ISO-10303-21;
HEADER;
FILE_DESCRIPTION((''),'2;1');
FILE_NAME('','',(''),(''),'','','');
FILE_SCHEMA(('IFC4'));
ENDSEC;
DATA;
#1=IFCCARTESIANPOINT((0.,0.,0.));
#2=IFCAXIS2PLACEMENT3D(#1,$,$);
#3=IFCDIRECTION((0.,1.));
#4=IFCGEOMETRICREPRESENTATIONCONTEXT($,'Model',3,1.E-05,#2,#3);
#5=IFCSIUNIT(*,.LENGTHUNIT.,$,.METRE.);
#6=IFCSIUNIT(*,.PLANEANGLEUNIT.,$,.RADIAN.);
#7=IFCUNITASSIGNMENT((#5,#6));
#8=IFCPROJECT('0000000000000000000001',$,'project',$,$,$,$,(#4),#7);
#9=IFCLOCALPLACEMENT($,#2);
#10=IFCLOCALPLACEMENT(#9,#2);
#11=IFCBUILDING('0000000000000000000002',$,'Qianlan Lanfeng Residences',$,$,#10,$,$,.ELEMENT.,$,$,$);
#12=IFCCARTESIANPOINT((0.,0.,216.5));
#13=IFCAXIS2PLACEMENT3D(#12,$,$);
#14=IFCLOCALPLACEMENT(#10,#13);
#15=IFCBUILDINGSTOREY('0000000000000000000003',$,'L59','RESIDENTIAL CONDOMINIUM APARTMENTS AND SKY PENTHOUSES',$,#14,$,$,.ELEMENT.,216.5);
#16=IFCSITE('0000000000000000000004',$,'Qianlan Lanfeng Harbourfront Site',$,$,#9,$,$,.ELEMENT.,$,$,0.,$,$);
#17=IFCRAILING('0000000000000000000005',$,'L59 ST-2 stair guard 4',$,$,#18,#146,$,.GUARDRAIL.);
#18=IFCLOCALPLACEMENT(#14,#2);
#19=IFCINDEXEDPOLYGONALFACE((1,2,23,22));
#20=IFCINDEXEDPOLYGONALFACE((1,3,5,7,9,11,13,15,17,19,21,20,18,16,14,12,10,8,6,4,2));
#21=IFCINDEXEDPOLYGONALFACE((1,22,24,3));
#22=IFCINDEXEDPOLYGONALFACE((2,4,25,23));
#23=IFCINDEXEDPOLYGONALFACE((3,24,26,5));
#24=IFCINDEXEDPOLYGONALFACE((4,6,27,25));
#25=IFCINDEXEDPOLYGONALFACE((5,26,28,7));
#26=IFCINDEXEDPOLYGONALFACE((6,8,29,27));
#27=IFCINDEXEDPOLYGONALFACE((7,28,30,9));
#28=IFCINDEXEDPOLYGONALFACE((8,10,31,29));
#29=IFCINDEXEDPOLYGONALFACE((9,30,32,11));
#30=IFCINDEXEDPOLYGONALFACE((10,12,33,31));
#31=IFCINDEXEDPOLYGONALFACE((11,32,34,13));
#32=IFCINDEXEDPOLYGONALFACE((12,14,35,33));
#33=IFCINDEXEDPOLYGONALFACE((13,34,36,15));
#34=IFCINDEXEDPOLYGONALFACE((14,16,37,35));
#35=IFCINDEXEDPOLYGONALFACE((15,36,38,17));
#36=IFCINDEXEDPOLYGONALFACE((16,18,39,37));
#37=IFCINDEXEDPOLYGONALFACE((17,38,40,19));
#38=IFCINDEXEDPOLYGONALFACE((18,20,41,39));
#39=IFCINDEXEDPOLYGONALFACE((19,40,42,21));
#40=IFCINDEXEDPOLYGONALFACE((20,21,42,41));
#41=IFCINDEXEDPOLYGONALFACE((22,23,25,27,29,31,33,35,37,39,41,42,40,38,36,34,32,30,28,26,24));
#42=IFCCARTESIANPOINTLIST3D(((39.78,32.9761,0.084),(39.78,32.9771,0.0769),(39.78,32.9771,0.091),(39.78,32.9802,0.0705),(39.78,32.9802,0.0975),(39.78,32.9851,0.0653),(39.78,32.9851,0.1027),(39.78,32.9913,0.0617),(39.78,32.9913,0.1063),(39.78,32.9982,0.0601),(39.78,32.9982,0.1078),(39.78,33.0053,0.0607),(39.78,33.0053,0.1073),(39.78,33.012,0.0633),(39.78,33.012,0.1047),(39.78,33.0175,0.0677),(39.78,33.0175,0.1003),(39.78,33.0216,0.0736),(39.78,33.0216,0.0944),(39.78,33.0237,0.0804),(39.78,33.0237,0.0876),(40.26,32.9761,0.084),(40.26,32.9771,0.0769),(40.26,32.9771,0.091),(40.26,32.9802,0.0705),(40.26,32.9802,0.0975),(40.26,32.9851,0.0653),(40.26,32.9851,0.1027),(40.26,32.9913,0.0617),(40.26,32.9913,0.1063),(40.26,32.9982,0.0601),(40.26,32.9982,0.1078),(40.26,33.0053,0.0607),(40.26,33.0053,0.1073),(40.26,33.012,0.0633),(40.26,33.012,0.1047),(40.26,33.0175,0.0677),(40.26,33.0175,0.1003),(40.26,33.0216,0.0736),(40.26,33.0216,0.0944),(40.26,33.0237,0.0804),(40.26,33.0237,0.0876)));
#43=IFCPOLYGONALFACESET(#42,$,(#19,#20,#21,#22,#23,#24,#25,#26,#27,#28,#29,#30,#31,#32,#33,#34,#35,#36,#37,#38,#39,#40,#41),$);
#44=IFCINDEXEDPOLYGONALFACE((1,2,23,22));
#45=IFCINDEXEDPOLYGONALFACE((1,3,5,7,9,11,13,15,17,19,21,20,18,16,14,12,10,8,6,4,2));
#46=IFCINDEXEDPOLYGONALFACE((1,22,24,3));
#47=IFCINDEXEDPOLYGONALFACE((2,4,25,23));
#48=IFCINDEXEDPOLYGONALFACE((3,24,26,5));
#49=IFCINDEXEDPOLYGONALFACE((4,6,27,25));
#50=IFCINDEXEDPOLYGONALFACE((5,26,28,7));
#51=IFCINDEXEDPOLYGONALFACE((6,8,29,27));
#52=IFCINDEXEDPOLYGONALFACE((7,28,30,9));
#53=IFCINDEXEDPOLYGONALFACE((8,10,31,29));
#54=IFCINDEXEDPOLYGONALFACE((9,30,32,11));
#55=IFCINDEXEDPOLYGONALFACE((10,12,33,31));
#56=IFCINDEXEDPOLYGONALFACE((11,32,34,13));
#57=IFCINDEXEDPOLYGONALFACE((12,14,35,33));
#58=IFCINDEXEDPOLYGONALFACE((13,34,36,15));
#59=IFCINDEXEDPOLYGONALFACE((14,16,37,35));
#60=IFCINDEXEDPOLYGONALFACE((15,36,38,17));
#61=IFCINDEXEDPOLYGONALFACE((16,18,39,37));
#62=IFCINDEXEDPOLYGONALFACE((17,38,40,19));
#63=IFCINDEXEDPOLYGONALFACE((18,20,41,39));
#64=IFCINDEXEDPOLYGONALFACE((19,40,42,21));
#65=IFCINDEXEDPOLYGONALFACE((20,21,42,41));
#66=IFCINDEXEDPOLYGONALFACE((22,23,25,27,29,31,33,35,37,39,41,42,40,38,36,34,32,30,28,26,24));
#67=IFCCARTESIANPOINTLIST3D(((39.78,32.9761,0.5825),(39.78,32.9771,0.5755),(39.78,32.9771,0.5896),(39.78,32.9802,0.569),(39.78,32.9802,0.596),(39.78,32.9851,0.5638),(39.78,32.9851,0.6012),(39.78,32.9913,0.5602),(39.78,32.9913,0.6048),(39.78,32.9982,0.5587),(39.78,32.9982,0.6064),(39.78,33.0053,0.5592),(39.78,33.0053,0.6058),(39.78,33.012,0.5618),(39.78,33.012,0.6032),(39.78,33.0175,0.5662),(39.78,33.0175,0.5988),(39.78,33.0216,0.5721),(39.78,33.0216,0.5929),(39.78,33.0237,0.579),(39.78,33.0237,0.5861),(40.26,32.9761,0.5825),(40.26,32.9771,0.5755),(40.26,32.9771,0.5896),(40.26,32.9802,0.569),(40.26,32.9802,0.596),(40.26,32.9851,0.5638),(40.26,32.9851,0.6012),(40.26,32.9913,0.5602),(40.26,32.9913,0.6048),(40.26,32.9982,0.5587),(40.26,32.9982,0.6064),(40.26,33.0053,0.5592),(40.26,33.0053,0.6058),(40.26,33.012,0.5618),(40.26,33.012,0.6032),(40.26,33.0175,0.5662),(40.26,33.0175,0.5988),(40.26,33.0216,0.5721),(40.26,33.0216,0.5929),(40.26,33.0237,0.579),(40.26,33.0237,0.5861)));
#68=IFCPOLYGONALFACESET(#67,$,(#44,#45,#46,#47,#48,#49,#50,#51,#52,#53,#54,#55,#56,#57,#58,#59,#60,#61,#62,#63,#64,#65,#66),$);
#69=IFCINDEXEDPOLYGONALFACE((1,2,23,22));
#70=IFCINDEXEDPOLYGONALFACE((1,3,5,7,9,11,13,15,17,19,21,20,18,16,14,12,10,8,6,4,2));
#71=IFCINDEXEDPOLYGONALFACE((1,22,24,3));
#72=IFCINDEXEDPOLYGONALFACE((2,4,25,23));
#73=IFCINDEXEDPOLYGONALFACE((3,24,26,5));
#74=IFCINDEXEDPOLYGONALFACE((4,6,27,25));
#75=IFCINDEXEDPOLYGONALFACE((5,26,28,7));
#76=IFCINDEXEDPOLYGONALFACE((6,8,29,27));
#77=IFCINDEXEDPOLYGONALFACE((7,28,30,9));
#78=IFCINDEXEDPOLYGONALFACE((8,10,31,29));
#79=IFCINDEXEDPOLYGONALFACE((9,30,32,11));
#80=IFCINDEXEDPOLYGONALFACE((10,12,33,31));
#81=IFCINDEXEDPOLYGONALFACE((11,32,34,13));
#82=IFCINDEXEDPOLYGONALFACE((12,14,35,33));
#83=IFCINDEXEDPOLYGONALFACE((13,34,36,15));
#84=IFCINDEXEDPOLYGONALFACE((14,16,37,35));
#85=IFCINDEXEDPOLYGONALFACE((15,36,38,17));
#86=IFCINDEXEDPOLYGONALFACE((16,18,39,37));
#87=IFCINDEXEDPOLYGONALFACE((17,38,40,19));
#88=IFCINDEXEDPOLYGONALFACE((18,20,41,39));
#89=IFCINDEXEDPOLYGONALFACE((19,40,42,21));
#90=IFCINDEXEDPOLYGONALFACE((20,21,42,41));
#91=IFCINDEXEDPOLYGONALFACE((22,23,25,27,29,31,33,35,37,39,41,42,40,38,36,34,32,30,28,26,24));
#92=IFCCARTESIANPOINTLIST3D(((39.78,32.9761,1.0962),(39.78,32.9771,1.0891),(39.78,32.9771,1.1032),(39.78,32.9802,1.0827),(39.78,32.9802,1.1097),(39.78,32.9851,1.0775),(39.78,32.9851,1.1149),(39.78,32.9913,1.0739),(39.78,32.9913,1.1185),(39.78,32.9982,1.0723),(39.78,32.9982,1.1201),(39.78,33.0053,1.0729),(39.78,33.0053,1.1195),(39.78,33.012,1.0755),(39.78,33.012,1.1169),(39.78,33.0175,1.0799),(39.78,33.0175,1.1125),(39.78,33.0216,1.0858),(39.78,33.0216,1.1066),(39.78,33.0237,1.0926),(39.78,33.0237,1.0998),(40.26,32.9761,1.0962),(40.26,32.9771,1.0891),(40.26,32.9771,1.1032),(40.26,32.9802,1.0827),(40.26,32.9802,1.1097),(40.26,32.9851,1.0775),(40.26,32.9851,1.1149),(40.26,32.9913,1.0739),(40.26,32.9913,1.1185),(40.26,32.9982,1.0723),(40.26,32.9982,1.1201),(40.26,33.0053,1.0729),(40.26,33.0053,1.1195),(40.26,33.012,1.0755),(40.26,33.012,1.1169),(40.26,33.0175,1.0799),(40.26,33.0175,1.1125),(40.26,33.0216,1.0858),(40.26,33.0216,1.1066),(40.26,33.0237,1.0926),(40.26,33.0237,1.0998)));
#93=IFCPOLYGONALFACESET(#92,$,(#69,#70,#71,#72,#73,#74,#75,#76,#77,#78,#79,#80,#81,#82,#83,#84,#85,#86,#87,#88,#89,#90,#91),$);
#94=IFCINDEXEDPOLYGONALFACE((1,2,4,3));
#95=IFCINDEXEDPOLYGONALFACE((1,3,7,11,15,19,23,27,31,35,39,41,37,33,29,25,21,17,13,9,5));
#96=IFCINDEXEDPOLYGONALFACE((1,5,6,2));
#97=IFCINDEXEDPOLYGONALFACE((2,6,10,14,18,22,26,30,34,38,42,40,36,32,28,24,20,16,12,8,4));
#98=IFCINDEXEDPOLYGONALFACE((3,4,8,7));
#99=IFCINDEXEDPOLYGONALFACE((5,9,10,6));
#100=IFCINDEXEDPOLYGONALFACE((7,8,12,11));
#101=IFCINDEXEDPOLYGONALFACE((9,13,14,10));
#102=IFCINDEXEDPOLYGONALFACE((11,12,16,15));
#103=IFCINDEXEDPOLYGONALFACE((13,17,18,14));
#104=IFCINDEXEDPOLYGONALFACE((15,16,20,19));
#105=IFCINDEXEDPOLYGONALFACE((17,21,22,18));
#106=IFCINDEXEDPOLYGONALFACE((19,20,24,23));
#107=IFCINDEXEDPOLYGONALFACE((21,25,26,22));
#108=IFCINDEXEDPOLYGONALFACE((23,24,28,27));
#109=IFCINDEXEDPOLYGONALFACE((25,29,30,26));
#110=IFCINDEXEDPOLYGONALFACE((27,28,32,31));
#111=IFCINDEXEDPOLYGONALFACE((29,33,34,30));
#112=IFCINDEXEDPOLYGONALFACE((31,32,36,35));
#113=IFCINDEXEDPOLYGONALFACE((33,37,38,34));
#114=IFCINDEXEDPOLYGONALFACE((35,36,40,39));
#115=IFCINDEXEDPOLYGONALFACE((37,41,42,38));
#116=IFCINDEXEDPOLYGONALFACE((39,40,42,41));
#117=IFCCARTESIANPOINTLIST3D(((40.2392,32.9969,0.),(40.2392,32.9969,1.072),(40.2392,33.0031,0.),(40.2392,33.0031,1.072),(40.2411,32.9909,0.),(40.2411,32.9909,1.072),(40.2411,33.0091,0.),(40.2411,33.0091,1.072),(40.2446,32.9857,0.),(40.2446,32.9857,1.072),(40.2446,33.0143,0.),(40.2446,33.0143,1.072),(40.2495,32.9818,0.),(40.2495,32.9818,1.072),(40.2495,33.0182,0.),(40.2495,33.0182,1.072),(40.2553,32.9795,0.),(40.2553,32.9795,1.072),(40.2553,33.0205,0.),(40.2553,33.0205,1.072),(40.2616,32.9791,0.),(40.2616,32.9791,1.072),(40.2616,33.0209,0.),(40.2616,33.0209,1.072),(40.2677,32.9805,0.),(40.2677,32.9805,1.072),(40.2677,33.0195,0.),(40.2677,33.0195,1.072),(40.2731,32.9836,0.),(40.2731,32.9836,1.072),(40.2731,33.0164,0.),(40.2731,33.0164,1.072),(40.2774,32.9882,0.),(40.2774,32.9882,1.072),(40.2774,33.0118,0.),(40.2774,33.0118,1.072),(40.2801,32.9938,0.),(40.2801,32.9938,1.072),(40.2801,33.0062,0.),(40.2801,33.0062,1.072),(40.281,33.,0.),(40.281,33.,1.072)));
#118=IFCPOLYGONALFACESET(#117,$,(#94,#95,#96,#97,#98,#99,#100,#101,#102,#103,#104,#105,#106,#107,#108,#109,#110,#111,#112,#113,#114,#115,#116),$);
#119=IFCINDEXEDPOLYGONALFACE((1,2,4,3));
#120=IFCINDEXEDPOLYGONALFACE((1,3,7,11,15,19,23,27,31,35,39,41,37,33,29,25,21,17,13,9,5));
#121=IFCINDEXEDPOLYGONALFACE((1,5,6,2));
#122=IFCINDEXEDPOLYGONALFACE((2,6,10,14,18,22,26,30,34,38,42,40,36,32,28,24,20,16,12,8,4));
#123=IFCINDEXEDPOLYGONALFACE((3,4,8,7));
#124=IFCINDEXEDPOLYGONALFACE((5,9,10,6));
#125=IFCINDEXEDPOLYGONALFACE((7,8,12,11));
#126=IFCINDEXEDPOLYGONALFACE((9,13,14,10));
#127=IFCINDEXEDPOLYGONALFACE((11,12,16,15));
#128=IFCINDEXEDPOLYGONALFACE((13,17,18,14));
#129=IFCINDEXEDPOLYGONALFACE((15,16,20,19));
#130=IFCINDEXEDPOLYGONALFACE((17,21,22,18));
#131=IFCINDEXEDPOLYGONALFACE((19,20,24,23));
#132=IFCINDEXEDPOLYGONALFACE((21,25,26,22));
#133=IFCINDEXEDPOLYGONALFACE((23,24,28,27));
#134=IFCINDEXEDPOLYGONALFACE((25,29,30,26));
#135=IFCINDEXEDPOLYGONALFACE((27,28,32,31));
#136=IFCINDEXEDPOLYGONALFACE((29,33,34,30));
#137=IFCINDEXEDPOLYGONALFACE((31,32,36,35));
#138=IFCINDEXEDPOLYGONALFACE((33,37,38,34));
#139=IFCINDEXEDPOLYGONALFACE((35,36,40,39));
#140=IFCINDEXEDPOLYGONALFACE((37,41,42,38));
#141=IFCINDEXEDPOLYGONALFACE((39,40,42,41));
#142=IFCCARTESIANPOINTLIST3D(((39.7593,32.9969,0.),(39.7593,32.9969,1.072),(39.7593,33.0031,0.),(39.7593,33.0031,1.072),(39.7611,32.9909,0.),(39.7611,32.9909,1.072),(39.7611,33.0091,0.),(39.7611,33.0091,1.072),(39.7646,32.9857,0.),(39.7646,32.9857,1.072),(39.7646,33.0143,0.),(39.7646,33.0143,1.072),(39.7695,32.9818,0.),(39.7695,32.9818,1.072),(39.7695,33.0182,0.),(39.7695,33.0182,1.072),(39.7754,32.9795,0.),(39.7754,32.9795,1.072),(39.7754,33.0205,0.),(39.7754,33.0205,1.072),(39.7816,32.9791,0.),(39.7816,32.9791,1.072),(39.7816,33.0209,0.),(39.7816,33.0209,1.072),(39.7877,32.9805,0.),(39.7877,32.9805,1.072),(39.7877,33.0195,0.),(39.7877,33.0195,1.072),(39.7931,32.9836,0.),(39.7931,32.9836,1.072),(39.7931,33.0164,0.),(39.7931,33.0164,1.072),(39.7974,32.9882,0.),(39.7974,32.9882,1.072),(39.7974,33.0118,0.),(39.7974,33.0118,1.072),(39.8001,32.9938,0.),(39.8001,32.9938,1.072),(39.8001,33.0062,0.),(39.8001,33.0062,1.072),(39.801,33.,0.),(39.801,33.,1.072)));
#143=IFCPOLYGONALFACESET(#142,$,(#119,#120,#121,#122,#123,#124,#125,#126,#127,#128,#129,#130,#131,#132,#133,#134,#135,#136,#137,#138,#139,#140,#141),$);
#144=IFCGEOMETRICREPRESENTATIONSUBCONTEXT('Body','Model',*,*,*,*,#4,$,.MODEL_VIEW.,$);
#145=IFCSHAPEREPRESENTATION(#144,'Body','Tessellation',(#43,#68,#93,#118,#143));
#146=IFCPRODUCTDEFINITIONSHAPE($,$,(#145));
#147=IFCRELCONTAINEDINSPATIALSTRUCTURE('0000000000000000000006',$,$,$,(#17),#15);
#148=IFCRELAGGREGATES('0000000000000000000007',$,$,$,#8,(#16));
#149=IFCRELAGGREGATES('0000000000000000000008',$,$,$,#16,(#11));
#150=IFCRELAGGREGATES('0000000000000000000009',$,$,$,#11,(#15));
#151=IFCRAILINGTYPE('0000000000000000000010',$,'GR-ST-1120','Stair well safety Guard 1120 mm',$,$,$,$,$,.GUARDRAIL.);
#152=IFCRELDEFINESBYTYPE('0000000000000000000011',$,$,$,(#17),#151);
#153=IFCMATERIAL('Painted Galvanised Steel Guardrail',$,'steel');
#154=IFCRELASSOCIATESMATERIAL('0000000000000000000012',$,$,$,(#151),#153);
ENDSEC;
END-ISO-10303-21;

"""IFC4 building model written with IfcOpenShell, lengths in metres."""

from ifc_helpers import new_model, si_unit, direction, frame, origin, origin_2d, place, context, subcontext, project, spatial, circle, extrude, material, type_object, element, save


model = new_model("IFC4")

# Units and contexts
model_context = context("Model", 3, precision=1e-05, world=origin(), true_north=direction((0.0, 1.0)))
body_context = subcontext(model_context, "Body", "Model", "MODEL_VIEW")
ifc_project = project(units=[si_unit("LENGTHUNIT", "METRE"), si_unit("PLANEANGLEUNIT", "RADIAN")], contexts=[model_context])

# Site, building, storey
site_placement = place(None, origin())
site = spatial("IfcSite", under=ifc_project, at=site_placement, Name="Qianlan Lanfeng Harbourfront Site", CompositionType="ELEMENT", RefElevation=0.0)
building_placement = place(site_placement, origin())
building = spatial("IfcBuilding", under=site, at=building_placement, Name="Qianlan Lanfeng Residences", CompositionType="ELEMENT")
storey_placement = place(building_placement, frame((0.0, 0.0, 216.5)))
storey = spatial("IfcBuildingStorey", under=building, at=storey_placement, Name="L59", Description="RESIDENTIAL CONDOMINIUM APARTMENTS AND SKY PENTHOUSES", CompositionType="ELEMENT", Elevation=216.5)

# Railing
ifc_material_1 = material(Name="Painted Galvanised Steel Guardrail", Category="steel")
railing_type_1 = type_object("IfcRailingType", Name="GR-ST-1120", Description="Stair well safety Guard 1120 mm", PredefinedType="GUARDRAIL", material=ifc_material_1)
railing_1_placement = place(storey_placement, frame((40.26, 33.0, 0.0)))
element("IfcRailing", 1, at=railing_1_placement, inside=storey, type_object=railing_type_1, Name="L59 ST-2 stair guard 4", PredefinedType="GUARDRAIL", context=body_context, shape_type="SweptSolid", body=[
    extrude(circle(Radius=0.0239, at=origin_2d()), frame((0.0, 0.0, 0.084), z_axis=(-1.0, 0.0, 0.0), x_axis=(0.0, -1.0, 0.0)), (0.0, 0.0, 1.0), 0.48),
    extrude(circle(Radius=0.0239, at=origin_2d()), frame((0.0, 0.0, 0.5825), z_axis=(-1.0, 0.0, 0.0), x_axis=(0.0, -1.0, 0.0)), (0.0, 0.0, 1.0), 0.48),
    extrude(circle(Radius=0.0239, at=origin_2d()), frame((0.0, 0.0, 1.0962), z_axis=(-1.0, 0.0, 0.0), x_axis=(0.0, -1.0, 0.0)), (0.0, 0.0, 1.0), 0.48),
    extrude(circle(Radius=0.021, at=origin_2d()), origin(), (0.0, 0.0, 1.0), 1.072),
    extrude(circle(Radius=0.021, at=origin_2d()), frame((-0.48, 0.0, 0.0)), (0.0, 0.0, 1.0), 1.072),
])

save(model, "model.ifc")
